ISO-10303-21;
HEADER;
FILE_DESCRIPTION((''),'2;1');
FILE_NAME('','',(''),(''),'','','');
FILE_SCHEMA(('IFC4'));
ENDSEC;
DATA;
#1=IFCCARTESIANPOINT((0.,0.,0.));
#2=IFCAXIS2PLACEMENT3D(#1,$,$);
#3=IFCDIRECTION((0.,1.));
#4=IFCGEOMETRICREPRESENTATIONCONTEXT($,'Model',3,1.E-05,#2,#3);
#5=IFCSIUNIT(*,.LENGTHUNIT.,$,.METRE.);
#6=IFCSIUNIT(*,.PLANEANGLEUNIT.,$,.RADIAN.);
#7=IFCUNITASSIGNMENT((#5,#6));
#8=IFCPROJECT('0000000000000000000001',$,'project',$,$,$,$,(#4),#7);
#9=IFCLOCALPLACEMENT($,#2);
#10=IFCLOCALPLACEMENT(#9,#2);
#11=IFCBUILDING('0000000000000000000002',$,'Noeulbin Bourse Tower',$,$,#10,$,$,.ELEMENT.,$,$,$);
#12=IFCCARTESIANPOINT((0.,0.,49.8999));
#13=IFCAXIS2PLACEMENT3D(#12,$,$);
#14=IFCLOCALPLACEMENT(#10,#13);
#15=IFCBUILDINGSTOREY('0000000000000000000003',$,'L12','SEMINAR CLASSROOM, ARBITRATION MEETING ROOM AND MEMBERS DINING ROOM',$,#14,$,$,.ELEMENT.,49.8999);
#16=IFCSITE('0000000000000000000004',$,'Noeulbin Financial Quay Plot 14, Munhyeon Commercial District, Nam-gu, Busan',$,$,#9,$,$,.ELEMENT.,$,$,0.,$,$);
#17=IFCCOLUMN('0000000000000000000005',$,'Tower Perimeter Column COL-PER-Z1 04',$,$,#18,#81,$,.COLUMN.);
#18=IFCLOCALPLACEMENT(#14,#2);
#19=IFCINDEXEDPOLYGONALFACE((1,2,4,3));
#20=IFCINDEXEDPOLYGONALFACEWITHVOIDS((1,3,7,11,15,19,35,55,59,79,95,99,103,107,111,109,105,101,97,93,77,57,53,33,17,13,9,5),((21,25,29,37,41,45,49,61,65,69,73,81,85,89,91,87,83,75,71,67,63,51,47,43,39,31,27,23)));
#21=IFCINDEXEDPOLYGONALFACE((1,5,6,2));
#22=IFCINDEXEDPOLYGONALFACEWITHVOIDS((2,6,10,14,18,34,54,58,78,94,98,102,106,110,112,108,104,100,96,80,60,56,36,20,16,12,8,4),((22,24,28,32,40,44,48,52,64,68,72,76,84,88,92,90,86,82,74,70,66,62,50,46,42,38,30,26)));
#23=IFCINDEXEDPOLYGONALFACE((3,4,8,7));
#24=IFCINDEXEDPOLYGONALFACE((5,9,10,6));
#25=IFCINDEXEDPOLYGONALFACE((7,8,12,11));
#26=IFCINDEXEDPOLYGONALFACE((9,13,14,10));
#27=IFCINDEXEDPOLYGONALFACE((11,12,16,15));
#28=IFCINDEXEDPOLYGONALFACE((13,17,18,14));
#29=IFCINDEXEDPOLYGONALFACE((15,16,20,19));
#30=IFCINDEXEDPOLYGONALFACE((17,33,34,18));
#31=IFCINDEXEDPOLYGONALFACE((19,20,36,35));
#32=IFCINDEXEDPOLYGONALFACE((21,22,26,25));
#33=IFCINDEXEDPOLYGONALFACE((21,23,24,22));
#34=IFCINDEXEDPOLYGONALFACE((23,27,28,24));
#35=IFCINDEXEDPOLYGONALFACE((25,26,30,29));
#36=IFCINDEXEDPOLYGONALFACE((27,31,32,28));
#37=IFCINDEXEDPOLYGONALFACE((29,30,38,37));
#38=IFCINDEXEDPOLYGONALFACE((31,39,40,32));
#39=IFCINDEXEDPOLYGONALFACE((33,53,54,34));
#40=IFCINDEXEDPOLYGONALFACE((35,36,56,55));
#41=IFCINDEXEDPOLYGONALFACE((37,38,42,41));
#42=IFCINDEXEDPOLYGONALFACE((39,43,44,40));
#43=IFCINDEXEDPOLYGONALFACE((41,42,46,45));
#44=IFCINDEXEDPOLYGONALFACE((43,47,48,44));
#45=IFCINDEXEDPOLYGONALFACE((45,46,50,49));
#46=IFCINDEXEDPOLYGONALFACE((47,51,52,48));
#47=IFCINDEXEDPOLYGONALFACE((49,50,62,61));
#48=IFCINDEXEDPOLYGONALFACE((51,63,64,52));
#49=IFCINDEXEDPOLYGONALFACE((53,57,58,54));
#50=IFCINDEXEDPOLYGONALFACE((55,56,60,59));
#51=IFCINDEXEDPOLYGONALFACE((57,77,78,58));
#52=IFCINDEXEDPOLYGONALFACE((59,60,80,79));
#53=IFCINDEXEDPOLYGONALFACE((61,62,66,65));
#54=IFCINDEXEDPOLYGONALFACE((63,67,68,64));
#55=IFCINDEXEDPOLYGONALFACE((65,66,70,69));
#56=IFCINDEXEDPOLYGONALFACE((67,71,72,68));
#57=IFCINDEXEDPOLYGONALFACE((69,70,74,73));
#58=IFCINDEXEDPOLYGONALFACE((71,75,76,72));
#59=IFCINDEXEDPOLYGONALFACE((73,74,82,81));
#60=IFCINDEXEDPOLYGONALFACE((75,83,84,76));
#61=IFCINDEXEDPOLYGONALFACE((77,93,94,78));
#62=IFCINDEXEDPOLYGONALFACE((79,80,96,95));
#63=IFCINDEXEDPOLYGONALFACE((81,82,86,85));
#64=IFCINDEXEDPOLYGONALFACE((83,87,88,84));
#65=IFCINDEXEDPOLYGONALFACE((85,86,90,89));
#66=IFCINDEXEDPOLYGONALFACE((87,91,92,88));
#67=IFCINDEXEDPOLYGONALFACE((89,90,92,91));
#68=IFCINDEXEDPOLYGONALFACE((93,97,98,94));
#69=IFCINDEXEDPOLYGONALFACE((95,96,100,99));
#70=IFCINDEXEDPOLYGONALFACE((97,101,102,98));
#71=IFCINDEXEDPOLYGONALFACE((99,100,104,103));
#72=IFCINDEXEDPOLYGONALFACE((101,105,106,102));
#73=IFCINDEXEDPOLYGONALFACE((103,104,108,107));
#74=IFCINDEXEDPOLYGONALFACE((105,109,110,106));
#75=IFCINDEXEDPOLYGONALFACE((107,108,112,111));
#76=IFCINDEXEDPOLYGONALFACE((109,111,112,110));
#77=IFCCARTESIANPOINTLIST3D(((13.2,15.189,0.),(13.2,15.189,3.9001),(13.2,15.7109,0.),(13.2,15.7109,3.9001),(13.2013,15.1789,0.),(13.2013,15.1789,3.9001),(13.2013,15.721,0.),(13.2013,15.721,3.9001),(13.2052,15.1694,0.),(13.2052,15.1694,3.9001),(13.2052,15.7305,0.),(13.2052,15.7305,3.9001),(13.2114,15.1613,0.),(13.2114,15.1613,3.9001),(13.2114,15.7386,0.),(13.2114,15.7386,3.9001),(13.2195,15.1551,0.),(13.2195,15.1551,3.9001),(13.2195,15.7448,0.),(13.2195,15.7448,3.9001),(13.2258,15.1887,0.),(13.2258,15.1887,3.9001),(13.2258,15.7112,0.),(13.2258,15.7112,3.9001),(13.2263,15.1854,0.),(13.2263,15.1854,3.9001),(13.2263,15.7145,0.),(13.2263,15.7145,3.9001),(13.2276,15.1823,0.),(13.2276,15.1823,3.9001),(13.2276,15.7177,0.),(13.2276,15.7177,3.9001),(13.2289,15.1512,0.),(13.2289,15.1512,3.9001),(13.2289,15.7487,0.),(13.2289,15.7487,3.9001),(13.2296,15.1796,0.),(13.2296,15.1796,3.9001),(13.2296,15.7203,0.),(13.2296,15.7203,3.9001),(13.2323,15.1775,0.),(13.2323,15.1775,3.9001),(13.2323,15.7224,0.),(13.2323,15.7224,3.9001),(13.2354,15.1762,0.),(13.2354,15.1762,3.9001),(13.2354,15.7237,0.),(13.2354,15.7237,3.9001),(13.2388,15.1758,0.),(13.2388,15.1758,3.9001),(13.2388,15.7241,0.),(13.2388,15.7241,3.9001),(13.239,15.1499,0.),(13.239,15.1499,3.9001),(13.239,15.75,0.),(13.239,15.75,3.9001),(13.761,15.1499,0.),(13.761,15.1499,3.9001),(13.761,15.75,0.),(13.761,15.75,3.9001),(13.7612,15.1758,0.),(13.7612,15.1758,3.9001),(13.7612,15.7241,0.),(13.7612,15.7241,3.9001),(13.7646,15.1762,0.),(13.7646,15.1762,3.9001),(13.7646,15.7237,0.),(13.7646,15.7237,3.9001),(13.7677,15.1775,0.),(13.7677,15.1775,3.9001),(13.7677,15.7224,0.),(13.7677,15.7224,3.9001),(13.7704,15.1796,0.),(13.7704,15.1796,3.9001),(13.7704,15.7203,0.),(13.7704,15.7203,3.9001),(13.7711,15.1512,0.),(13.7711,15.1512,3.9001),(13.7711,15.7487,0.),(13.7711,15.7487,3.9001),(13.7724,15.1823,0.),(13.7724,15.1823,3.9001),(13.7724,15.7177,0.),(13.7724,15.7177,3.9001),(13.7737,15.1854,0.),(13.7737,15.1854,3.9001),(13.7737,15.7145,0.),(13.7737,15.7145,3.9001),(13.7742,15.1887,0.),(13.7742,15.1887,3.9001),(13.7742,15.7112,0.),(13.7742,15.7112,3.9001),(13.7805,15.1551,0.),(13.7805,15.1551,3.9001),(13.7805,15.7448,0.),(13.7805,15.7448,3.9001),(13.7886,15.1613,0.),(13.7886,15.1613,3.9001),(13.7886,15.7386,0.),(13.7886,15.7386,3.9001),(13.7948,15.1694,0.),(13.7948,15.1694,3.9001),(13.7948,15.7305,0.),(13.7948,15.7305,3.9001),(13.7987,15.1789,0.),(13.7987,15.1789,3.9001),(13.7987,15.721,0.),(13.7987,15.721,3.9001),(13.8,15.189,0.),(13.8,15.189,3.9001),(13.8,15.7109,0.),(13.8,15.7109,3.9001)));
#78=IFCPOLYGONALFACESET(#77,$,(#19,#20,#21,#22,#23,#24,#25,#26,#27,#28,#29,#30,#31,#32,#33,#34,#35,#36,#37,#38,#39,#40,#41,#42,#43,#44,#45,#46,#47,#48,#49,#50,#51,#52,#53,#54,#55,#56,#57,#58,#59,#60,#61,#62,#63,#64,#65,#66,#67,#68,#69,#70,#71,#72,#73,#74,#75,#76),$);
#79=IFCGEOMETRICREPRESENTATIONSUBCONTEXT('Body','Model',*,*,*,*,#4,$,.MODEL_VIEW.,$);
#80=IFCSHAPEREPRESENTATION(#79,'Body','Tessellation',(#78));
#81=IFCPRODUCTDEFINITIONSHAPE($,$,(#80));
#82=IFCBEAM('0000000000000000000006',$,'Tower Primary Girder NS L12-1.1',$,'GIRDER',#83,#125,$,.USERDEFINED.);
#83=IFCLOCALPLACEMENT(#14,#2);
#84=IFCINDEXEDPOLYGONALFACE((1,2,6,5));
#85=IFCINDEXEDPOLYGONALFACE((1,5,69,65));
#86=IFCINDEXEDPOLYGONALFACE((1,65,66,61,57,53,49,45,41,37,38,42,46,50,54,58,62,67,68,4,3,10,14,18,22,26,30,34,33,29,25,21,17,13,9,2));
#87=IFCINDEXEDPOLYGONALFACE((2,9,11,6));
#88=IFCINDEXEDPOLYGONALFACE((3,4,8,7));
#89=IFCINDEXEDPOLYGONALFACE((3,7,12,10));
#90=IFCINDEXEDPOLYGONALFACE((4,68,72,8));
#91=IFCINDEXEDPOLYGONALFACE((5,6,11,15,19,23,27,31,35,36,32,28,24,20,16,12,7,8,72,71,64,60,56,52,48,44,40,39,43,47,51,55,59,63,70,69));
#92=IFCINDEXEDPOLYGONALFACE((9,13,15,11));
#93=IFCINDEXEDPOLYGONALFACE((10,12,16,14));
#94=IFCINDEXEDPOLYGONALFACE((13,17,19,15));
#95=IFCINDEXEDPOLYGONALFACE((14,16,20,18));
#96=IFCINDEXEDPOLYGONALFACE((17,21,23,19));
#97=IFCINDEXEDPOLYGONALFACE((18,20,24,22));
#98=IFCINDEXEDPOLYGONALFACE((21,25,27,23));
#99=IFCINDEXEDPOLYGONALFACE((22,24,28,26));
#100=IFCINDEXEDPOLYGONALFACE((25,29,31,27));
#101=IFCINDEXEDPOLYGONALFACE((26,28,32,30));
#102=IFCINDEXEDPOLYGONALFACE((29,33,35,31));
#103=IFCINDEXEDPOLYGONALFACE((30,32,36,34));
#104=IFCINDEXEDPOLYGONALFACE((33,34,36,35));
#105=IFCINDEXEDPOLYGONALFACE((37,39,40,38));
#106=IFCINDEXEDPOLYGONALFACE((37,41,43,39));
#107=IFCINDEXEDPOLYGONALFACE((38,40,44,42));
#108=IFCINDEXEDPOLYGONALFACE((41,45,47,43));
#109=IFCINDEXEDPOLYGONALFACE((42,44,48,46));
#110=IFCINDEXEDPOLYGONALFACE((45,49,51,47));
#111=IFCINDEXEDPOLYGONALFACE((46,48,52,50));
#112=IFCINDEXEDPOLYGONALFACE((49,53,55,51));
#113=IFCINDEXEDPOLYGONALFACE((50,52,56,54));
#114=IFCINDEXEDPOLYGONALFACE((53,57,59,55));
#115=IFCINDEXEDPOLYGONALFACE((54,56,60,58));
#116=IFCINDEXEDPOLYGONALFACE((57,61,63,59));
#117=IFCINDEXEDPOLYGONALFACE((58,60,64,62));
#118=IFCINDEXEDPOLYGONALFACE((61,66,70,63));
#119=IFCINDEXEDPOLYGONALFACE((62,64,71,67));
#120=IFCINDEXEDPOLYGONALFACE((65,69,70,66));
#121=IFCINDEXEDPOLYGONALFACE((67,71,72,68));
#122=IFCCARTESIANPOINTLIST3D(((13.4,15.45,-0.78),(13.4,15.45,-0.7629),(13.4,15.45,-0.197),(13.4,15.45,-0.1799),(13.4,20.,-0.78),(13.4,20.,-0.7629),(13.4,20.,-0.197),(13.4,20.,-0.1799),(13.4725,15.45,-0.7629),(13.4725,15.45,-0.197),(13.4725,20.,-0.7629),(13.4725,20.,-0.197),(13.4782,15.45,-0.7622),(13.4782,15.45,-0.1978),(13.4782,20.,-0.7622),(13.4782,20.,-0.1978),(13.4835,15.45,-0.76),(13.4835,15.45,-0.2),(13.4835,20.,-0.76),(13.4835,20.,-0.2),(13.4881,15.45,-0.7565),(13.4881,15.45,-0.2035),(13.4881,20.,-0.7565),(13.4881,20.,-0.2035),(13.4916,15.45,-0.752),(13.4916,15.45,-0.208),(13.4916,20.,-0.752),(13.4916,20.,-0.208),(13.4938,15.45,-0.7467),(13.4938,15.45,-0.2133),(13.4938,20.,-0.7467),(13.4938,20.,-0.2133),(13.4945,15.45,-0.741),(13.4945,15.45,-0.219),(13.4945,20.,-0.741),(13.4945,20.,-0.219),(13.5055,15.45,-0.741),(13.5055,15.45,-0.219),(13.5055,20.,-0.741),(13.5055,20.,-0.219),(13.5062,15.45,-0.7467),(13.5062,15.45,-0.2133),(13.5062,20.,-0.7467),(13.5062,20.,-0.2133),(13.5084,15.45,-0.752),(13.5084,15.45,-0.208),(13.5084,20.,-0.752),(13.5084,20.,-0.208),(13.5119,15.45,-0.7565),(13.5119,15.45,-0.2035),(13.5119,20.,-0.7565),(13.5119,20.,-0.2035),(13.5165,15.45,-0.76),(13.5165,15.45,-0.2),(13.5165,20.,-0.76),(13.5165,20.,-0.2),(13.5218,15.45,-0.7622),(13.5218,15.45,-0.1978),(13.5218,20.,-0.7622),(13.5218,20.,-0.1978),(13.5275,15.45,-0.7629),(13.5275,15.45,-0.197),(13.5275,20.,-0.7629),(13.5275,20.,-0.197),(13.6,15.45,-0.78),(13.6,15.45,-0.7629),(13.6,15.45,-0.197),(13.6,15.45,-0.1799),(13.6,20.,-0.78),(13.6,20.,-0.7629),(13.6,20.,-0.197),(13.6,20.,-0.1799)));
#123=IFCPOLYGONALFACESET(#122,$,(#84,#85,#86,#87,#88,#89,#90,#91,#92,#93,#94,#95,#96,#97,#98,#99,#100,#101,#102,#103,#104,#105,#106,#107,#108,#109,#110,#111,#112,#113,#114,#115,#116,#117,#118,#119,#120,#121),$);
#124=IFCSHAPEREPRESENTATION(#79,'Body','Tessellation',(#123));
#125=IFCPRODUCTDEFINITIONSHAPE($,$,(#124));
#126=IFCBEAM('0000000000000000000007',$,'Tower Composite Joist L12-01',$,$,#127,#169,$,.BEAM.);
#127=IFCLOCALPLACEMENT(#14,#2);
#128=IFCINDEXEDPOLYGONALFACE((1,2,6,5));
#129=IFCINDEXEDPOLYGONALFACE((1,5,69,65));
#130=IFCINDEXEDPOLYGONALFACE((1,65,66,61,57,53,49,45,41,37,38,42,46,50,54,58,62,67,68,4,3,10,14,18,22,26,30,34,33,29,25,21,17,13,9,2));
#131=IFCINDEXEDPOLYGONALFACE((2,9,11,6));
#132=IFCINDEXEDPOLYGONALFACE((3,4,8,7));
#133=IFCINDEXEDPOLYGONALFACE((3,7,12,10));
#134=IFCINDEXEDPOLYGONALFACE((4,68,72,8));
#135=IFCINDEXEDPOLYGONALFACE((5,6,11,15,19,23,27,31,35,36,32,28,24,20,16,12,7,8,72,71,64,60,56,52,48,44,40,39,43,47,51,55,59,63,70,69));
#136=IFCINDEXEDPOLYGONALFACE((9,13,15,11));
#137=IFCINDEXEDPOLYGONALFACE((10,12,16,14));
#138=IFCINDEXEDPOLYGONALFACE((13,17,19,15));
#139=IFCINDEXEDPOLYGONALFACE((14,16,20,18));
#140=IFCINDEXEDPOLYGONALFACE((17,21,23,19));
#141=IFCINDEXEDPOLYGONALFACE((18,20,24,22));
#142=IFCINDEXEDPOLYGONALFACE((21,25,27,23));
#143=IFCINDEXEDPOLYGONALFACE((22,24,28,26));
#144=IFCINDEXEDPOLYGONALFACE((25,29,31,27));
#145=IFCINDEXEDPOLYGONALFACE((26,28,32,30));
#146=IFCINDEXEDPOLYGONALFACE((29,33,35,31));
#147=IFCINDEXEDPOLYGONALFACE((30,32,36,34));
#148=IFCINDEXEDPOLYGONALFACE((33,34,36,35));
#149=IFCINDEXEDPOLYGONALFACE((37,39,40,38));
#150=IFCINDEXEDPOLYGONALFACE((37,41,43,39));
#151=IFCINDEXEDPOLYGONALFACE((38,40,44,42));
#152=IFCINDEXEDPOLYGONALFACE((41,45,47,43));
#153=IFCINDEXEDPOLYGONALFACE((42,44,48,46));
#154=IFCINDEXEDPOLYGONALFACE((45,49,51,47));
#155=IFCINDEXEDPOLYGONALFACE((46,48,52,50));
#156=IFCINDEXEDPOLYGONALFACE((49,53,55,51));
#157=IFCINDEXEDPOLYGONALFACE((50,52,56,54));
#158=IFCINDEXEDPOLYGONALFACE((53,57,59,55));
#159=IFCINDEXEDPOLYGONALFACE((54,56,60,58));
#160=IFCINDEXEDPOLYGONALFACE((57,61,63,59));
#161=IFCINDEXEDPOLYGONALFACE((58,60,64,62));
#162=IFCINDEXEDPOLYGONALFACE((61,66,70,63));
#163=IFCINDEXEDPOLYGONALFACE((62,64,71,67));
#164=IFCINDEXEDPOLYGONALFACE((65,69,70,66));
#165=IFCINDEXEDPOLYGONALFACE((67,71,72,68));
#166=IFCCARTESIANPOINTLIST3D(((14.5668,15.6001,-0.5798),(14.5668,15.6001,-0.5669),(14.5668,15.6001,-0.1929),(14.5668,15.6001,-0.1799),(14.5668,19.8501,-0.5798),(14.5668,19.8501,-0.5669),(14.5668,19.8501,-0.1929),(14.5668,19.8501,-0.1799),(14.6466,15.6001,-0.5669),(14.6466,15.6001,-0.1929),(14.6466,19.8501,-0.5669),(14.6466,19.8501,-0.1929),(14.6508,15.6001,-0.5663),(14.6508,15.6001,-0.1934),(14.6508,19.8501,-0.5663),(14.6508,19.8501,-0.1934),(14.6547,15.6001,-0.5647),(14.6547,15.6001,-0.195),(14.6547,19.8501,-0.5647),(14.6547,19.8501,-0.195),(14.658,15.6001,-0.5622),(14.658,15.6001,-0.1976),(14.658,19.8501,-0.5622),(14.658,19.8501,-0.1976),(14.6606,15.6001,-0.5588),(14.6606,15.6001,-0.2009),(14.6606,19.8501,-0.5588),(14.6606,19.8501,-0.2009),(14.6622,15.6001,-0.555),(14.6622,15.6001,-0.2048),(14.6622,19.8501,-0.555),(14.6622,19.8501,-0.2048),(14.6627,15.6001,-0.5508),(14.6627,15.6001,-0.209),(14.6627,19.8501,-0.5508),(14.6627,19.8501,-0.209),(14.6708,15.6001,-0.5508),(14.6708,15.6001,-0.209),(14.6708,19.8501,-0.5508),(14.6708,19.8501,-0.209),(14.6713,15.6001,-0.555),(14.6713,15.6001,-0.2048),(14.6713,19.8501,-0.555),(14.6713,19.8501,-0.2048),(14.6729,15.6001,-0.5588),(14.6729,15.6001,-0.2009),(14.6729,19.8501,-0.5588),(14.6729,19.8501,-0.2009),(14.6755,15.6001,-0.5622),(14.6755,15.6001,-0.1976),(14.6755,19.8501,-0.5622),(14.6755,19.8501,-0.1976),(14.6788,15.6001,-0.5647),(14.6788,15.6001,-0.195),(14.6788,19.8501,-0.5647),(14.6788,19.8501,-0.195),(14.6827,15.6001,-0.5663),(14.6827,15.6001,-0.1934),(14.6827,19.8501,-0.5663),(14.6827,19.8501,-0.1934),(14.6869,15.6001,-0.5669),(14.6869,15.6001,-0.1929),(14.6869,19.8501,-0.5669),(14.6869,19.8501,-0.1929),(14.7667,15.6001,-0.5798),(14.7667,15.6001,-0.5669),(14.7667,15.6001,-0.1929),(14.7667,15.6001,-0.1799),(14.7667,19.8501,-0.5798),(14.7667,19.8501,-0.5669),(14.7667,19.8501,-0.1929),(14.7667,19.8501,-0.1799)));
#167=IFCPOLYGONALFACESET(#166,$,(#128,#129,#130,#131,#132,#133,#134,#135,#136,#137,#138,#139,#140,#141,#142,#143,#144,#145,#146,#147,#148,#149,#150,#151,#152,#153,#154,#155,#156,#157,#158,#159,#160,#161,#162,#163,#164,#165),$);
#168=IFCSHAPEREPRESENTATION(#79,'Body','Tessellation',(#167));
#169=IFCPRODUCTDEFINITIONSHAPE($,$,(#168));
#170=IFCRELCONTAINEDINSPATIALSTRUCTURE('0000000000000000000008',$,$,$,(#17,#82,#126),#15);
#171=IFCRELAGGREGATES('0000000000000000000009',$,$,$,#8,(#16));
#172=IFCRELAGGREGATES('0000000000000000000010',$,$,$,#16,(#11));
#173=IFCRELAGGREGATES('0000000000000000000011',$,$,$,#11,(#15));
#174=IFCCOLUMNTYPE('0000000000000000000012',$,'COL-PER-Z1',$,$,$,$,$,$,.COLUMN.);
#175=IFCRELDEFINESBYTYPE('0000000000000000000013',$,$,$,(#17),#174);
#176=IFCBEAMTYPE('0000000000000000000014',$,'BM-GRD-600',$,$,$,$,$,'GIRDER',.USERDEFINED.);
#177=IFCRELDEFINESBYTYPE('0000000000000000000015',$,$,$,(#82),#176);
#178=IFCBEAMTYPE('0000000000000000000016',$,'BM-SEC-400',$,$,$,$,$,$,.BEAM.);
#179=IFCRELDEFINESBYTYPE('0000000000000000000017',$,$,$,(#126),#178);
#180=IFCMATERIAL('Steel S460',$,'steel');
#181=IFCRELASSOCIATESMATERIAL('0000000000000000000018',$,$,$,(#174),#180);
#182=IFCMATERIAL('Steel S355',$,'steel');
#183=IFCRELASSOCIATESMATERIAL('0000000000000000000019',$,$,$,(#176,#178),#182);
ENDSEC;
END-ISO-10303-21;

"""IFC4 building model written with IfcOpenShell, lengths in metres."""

from ifc_helpers import new_model, si_unit, direction, frame, origin, origin_2d, place, context, subcontext, project, spatial, hollow_rectangle, i_section, extrude, material, material_profile, profile_set, type_object, element, save


model = new_model("IFC4")

# Units and contexts
model_context = context("Model", 3, precision=1e-05, world=origin(), true_north=direction((0.0, 1.0)))
body_context = subcontext(model_context, "Body", "Model", "MODEL_VIEW")
ifc_project = project(units=[si_unit("LENGTHUNIT", "METRE"), si_unit("PLANEANGLEUNIT", "RADIAN")], contexts=[model_context])

# Site, building, storey
site_placement = place(None, origin())
site = spatial("IfcSite", under=ifc_project, at=site_placement, Name="Noeulbin Financial Quay Plot 14, Munhyeon Commercial District, Nam-gu, Busan", CompositionType="ELEMENT", RefElevation=0.0)
building_placement = place(site_placement, origin())
building = spatial("IfcBuilding", under=site, at=building_placement, Name="Noeulbin Bourse Tower", CompositionType="ELEMENT")
storey_placement = place(building_placement, frame((0.0, 0.0, 49.8999)))
storey = spatial("IfcBuildingStorey", under=building, at=storey_placement, Name="L12", Description="SEMINAR CLASSROOM, ARBITRATION MEETING ROOM AND MEMBERS DINING ROOM", CompositionType="ELEMENT", Elevation=49.8999)

# Column
ifc_material_1 = material(Name="Steel S460", Category="steel")
ifc_material_profile_1 = material_profile(ifc_material_1, hollow_rectangle(XDim=0.6001, YDim=0.6001, WallThickness=0.0259, InnerFilletRadius=0.0129, OuterFilletRadius=0.0391, at=origin_2d()), Name="BOX-600x600x26", Category="LoadBearing")
ifc_profile_set_1 = profile_set([ifc_material_profile_1], Name="Steel S460")
column_type = type_object("IfcColumnType", Name="COL-PER-Z1", PredefinedType="COLUMN", material=ifc_profile_set_1)
column_placement = place(storey_placement, frame((13.5, 15.45, 0.0), z_axis=(0.0, 0.0, 1.0), x_axis=(1.0, 0.0, 0.0)))
element("IfcColumn", 1, at=column_placement, inside=storey, type_object=column_type, Name="Tower Perimeter Column COL-PER-Z1 04", PredefinedType="COLUMN", context=body_context, shape_type="SweptSolid", body=[
    extrude(hollow_rectangle(XDim=0.6001, YDim=0.6001, WallThickness=0.0259, InnerFilletRadius=0.0129, OuterFilletRadius=0.0391, at=origin_2d()), origin(), (0.0, 0.0, 1.0), 3.9001),
])

# Beams
ifc_material_2 = material(Name="Steel S355", Category="steel")
ifc_material_profile_2 = material_profile(ifc_material_2, i_section(OverallWidth=0.2, OverallDepth=0.6001, WebThickness=0.011, FlangeThickness=0.0171, FilletRadius=0.022, at=origin_2d()), Name="H-600x200x11x17", Category="LoadBearing")
ifc_profile_set_2 = profile_set([ifc_material_profile_2], Name="Steel S355")
beam_type_1 = type_object("IfcBeamType", Name="BM-GRD-600", ElementType="GIRDER", PredefinedType="USERDEFINED", material=ifc_profile_set_2)
beam_1_placement = place(storey_placement, frame((13.5, 15.45, -0.48), z_axis=(0.0, 1.0, 0.0), x_axis=(-1.0, 0.0, 0.0)))
element("IfcBeam", 2, at=beam_1_placement, inside=storey, type_object=beam_type_1, Name="Tower Primary Girder NS L12-1.1", ObjectType="GIRDER", PredefinedType="USERDEFINED", context=body_context, shape_type="SweptSolid", body=[
    extrude(i_section(OverallWidth=0.2, OverallDepth=0.6001, WebThickness=0.011, FlangeThickness=0.0171, FilletRadius=0.022, at=origin_2d()), origin(), (0.0, 0.0, 1.0), 4.55),
])
ifc_material_profile_3 = material_profile(ifc_material_2, i_section(OverallWidth=0.2, OverallDepth=0.3999, WebThickness=0.0081, FlangeThickness=0.0129, FilletRadius=0.0161, at=origin_2d()), Name="H-400x200x8x13", Category="LoadBearing")
ifc_profile_set_3 = profile_set([ifc_material_profile_3], Name="Steel S355")
beam_type_2 = type_object("IfcBeamType", Name="BM-SEC-400", PredefinedType="BEAM", material=ifc_profile_set_3)
for number, where, z_axis, x_axis, name in (
    (3, (14.6667, 15.6001, -0.3799), (0.0, 1.0, 0.0), (-1.0, 0.0, 0.0), "Tower Composite Joist L12-01"),
):
    element("IfcBeam", number, at=place(storey_placement, frame(where, z_axis=z_axis, x_axis=x_axis)), inside=storey, type_object=beam_type_2, Name=name, PredefinedType="BEAM", context=body_context, shape_type="SweptSolid", body=[
        extrude(i_section(OverallWidth=0.2, OverallDepth=0.3999, WebThickness=0.0081, FlangeThickness=0.0129, FilletRadius=0.0161, at=origin_2d()), origin(), (0.0, 0.0, 1.0), 4.25),
    ])

save(model, "model.ifc")
